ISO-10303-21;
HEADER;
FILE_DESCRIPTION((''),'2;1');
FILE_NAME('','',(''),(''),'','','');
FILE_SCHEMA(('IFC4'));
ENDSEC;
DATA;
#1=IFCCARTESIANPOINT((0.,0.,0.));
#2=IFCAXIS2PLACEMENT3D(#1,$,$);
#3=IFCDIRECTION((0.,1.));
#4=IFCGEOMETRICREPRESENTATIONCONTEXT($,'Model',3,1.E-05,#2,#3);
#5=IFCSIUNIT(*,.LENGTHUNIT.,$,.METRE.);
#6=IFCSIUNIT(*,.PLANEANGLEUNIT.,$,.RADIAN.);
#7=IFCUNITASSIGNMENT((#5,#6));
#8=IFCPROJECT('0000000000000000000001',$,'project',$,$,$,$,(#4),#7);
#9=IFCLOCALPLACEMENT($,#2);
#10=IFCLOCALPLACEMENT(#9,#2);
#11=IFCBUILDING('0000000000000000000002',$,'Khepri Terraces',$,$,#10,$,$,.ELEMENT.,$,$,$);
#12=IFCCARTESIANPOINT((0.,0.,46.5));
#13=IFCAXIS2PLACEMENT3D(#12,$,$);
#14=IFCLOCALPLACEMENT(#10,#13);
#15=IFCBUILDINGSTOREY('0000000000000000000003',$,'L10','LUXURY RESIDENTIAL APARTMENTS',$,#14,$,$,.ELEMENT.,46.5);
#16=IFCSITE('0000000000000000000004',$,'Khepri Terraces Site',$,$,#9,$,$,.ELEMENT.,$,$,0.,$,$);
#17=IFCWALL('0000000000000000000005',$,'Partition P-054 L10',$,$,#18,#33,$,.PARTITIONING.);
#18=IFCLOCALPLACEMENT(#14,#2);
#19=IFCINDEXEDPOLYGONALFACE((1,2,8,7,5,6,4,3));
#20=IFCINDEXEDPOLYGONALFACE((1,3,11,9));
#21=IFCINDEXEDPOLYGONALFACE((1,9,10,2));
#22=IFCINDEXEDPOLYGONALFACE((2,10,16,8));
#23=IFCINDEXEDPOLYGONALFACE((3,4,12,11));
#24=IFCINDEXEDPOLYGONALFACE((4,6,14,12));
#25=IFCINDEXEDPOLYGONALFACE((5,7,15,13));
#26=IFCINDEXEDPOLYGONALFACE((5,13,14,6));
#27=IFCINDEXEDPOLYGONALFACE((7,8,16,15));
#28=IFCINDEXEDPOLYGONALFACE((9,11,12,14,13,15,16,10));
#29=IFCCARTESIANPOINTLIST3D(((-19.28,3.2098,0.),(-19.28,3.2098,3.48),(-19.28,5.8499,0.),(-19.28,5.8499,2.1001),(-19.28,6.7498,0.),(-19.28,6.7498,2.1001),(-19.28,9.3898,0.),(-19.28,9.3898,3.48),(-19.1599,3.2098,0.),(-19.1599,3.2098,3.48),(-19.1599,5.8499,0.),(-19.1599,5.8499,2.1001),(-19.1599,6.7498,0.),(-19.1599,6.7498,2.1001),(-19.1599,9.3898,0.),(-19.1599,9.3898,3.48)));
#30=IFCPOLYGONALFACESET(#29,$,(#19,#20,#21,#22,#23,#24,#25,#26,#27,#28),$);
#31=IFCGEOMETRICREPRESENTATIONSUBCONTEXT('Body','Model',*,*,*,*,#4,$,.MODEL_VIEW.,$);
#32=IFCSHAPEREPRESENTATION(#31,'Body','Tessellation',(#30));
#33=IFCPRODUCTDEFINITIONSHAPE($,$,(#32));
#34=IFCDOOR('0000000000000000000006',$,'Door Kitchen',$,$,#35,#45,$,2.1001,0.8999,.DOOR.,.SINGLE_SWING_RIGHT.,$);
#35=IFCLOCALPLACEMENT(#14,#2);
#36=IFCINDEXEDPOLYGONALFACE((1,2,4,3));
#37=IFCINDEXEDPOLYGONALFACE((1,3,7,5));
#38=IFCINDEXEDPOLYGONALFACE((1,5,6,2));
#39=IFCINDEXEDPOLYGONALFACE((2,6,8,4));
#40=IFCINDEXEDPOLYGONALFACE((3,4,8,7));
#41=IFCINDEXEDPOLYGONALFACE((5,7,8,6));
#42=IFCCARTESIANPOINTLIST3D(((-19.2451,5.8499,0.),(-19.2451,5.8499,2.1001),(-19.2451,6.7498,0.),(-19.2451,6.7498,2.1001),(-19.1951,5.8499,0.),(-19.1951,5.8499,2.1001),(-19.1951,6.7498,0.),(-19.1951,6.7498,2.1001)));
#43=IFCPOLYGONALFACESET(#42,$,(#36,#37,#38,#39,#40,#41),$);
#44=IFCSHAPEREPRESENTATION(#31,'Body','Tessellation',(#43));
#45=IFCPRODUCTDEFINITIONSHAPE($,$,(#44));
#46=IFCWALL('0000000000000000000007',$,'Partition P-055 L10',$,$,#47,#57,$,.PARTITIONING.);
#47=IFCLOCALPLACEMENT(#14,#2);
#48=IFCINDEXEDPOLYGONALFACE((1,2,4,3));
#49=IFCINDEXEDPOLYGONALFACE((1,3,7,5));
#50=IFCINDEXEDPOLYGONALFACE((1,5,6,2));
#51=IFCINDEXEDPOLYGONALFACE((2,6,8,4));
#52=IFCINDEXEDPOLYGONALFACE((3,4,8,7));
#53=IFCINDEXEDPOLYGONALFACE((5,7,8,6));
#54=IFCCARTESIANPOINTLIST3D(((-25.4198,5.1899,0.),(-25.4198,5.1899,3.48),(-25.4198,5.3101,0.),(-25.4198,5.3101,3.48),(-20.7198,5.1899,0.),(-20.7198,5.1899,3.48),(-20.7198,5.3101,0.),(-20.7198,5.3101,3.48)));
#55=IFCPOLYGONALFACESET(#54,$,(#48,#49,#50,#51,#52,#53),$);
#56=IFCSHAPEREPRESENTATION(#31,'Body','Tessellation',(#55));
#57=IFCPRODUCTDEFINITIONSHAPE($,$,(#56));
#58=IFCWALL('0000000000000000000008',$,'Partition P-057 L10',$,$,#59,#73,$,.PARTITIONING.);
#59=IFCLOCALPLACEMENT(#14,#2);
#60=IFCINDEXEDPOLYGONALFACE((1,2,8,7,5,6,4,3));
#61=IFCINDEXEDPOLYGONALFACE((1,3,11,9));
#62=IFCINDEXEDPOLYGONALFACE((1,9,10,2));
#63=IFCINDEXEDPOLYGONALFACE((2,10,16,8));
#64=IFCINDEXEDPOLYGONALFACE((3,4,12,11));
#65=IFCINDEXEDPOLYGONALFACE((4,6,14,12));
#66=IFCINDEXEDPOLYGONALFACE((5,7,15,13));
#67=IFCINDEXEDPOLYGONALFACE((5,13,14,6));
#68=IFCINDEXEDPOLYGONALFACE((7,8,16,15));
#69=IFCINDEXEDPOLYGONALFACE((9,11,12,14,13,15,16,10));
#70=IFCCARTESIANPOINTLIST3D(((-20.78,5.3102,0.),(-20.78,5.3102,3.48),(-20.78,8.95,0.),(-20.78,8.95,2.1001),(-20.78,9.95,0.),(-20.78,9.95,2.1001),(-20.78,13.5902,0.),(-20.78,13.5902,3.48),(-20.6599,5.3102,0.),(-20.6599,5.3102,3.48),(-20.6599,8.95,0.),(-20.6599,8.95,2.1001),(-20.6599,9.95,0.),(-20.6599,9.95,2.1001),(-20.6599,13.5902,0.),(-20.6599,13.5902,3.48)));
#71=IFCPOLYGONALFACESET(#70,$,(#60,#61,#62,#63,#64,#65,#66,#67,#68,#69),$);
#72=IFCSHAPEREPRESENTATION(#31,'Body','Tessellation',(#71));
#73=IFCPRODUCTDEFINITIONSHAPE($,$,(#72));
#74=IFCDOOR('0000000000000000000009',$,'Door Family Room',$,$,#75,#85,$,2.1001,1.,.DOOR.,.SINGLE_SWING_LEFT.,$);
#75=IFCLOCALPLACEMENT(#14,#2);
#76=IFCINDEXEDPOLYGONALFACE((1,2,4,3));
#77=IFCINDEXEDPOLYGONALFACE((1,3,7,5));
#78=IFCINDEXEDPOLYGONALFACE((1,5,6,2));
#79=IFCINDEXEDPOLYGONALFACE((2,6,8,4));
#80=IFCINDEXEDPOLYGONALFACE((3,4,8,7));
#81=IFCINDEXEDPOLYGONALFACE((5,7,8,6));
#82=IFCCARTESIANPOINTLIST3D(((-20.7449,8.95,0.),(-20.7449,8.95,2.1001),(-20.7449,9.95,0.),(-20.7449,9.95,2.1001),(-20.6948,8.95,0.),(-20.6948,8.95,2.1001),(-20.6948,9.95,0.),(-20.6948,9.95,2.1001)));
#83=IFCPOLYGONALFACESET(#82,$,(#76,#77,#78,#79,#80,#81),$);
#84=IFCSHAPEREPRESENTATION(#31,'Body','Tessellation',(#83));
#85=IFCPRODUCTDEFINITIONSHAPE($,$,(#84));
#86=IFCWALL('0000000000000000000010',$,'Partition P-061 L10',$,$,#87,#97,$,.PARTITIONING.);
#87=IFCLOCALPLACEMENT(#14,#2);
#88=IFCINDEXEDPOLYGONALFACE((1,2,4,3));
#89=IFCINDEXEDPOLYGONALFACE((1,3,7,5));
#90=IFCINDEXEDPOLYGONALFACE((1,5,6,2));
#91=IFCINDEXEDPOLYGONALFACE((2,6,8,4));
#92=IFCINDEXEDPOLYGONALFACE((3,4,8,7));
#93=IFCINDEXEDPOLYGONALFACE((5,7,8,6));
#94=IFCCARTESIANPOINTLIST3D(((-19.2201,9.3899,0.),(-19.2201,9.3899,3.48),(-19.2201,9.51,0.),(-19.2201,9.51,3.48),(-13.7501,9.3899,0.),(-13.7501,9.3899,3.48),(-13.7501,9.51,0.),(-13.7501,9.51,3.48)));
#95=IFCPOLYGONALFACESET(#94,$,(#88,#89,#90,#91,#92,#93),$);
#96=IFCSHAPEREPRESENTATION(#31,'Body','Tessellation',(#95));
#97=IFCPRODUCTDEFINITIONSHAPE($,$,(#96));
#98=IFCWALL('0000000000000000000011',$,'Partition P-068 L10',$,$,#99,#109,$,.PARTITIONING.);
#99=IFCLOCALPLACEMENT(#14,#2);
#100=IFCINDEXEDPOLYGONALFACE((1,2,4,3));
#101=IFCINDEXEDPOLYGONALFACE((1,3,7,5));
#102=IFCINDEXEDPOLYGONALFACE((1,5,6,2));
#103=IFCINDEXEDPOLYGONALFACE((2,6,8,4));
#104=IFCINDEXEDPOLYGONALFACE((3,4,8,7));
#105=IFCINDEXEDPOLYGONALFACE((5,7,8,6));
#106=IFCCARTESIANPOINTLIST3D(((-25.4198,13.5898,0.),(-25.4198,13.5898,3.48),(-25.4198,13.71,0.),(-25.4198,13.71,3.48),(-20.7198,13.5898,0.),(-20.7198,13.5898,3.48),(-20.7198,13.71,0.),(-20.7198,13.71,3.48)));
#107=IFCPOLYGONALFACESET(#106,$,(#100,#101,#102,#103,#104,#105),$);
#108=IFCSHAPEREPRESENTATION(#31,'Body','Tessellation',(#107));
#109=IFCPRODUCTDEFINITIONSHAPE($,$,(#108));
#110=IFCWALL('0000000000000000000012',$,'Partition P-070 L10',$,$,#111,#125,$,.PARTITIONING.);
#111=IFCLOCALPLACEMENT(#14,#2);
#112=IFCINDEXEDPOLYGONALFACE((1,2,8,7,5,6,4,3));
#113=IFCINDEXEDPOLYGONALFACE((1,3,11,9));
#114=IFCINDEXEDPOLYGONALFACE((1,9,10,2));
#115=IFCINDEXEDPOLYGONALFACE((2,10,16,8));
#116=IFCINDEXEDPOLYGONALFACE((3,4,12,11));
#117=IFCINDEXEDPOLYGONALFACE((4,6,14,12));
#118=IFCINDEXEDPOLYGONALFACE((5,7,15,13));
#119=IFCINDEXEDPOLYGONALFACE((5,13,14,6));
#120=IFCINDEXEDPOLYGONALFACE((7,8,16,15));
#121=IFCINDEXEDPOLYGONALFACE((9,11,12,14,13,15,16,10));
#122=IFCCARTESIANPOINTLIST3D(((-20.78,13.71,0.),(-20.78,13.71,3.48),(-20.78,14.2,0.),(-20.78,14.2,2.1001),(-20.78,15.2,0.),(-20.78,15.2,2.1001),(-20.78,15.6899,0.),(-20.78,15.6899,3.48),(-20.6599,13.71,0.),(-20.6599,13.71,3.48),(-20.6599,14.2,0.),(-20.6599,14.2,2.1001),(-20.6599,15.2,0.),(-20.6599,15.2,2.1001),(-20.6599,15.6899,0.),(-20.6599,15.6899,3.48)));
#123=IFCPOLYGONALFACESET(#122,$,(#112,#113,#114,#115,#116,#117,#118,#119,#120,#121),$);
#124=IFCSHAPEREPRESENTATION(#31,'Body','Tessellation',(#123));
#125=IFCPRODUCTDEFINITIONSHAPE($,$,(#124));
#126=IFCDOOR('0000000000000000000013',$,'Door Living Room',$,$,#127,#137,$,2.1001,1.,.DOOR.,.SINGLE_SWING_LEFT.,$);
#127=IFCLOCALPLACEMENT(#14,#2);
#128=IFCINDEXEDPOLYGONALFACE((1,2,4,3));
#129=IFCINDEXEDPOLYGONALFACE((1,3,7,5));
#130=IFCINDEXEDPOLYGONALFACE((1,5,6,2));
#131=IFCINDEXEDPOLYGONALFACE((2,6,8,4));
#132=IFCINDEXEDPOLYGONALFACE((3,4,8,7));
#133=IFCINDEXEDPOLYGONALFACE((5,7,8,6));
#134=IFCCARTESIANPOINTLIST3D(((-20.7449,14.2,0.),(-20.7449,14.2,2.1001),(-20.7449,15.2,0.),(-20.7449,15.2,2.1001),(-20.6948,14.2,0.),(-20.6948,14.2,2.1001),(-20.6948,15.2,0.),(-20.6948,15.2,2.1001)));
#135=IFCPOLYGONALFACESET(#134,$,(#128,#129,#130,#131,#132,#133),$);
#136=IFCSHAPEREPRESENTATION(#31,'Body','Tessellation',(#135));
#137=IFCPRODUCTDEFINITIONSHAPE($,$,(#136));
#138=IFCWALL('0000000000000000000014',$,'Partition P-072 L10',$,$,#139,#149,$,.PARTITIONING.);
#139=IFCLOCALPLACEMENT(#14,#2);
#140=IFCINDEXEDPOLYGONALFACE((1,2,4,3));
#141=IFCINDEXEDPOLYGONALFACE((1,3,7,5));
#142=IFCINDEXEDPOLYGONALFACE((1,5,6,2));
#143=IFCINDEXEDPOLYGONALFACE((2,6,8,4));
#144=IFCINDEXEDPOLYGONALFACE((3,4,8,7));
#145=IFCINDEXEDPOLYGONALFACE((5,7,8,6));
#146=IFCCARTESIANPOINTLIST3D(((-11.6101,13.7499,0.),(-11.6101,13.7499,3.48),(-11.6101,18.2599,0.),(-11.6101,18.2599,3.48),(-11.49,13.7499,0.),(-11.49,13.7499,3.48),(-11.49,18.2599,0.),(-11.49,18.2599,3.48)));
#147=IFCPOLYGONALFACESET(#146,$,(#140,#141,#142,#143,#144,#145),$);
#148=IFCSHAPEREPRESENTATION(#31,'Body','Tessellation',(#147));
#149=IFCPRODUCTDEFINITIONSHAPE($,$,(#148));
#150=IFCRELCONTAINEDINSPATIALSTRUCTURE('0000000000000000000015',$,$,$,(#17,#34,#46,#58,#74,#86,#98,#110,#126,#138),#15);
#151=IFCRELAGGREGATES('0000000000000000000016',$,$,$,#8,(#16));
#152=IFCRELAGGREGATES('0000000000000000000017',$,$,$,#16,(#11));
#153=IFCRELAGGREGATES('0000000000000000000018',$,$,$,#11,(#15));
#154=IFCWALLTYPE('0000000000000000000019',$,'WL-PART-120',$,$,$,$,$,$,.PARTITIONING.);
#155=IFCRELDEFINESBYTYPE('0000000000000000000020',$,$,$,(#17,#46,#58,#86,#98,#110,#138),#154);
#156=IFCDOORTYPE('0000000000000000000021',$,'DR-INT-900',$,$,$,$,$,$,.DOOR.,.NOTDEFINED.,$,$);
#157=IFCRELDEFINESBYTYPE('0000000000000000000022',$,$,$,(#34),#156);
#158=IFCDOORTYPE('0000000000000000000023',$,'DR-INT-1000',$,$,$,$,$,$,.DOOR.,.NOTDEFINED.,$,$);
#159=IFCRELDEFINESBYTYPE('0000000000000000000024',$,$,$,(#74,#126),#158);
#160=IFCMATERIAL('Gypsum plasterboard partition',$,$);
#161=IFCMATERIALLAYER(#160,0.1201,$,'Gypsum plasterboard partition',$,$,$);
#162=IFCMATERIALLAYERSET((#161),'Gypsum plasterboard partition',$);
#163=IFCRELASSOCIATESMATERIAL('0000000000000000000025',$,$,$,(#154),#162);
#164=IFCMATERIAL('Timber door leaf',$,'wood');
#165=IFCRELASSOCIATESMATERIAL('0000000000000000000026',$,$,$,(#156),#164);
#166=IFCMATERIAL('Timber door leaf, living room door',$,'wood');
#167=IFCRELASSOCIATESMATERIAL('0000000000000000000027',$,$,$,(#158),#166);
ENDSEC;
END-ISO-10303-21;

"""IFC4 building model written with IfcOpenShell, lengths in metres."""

from ifc_helpers import new_model, si_unit, direction, frame, frame_2d, origin, place, context, subcontext, project, spatial, rectangle, extrude, material, layer, layer_set, type_object, element, fill, save


model = new_model("IFC4")

# Units and contexts
model_context = context("Model", 3, precision=1e-05, world=origin(), true_north=direction((0.0, 1.0)))
body_context = subcontext(model_context, "Body", "Model", "MODEL_VIEW")
ifc_project = project(units=[si_unit("LENGTHUNIT", "METRE"), si_unit("PLANEANGLEUNIT", "RADIAN")], contexts=[model_context])

# Site, building, storey
site_placement = place(None, origin())
site = spatial("IfcSite", under=ifc_project, at=site_placement, Name="Khepri Terraces Site", CompositionType="ELEMENT", RefElevation=0.0)
building_placement = place(site_placement, origin())
building = spatial("IfcBuilding", under=site, at=building_placement, Name="Khepri Terraces", CompositionType="ELEMENT")
storey_placement = place(building_placement, frame((0.0, 0.0, 46.5)))
storey = spatial("IfcBuildingStorey", under=building, at=storey_placement, Name="L10", Description="LUXURY RESIDENTIAL APARTMENTS", CompositionType="ELEMENT", Elevation=46.5)

# Shared definitions
ifc_material_1 = material(Name="Gypsum plasterboard partition")
ifc_layer_1 = layer(ifc_material_1, 0.1201, Name="Gypsum plasterboard partition")
ifc_layer_set_1 = layer_set([ifc_layer_1], Name="Gypsum plasterboard partition")
wall_type_1 = type_object("IfcWallType", Name="WL-PART-120", PredefinedType="PARTITIONING", material=ifc_layer_set_1)

# Wall, opening, door
wall_1_placement = place(storey_placement, frame((-19.22, 3.21, 0.0), z_axis=(0.0, 0.0, 1.0), x_axis=(0.0, 1.0, 0.0)))
wall_1 = element("IfcWall", 1, at=wall_1_placement, inside=storey, type_object=wall_type_1, Name="Partition P-054 L10", PredefinedType="PARTITIONING", context=body_context, shape_type="SweptSolid", body=[
    extrude(rectangle(XDim=6.1799, YDim=0.1201, at=frame_2d((3.0898, 0.0))), origin(), (0.0, 0.0, 1.0), 3.48),
])
opening_1_placement = place(wall_1_placement, frame((2.6399, 0.0, 0.0)))
opening_1 = element("IfcOpeningElement", 2, at=opening_1_placement, cuts=wall_1, PredefinedType="OPENING", context=body_context, shape_type="SweptSolid", body=[
    extrude(rectangle(XDim=0.8999, YDim=2.1001, at=frame_2d((0.45, 1.05))), frame((0.0, 0.0701, 0.0), z_axis=(0.0, -1.0, 0.0), x_axis=(1.0, 0.0, 0.0)), (0.0, 0.0, 1.0), 0.1401),
])
ifc_material_2 = material(Name="Timber door leaf", Category="wood")
door_type_1 = type_object("IfcDoorType", Name="DR-INT-900", OperationType="NOTDEFINED", PredefinedType="DOOR", material=ifc_material_2)
door_1_placement = place(opening_1_placement, frame((0.8999, 0.0, 0.0), z_axis=(0.0, 0.0, 1.0), x_axis=(-1.0, 0.0, 0.0)))
door_1 = element("IfcDoor", 3, at=door_1_placement, inside=storey, type_object=door_type_1, Name="Door Kitchen", OperationType="SINGLE_SWING_RIGHT", OverallHeight=2.1001, OverallWidth=0.8999, PredefinedType="DOOR", context=body_context, shape_type="SweptSolid", body=[
    extrude(rectangle(XDim=0.8999, YDim=2.1001, at=frame_2d((0.45, 1.05))), frame((0.0, 0.0249, 0.0), z_axis=(0.0, -1.0, 0.0), x_axis=(1.0, 0.0, 0.0)), (0.0, 0.0, 1.0), 0.05),
])
fill(opening_1, door_1)

# Wall
wall_2_placement = place(storey_placement, frame((-25.4199, 5.25, 0.0), z_axis=(0.0, 0.0, 1.0), x_axis=(1.0, 0.0, 0.0)))
element("IfcWall", 4, at=wall_2_placement, inside=storey, type_object=wall_type_1, Name="Partition P-055 L10", PredefinedType="PARTITIONING", context=body_context, shape_type="SweptSolid", body=[
    extrude(rectangle(XDim=4.7, YDim=0.1201, at=frame_2d((2.3501, 0.0))), origin(), (0.0, 0.0, 1.0), 3.48),
])

# Wall, opening, door
wall_3_placement = place(storey_placement, frame((-20.72, 5.3101, 0.0), z_axis=(0.0, 0.0, 1.0), x_axis=(0.0, 1.0, 0.0)))
wall_3 = element("IfcWall", 5, at=wall_3_placement, inside=storey, type_object=wall_type_1, Name="Partition P-057 L10", PredefinedType="PARTITIONING", context=body_context, shape_type="SweptSolid", body=[
    extrude(rectangle(XDim=8.28, YDim=0.1201, at=frame_2d((4.1401, 0.0))), origin(), (0.0, 0.0, 1.0), 3.48),
])
opening_2_placement = place(wall_3_placement, frame((3.6399, 0.0, 0.0)))
opening_2 = element("IfcOpeningElement", 6, at=opening_2_placement, cuts=wall_3, PredefinedType="OPENING", context=body_context, shape_type="SweptSolid", body=[
    extrude(rectangle(XDim=1.0, YDim=2.1001, at=frame_2d((0.5, 1.05))), frame((0.0, 0.0701, 0.0), z_axis=(0.0, -1.0, 0.0), x_axis=(1.0, 0.0, 0.0)), (0.0, 0.0, 1.0), 0.1401),
])
ifc_material_3 = material(Name="Timber door leaf, living room door", Category="wood")
door_type_2 = type_object("IfcDoorType", Name="DR-INT-1000", OperationType="NOTDEFINED", PredefinedType="DOOR", material=ifc_material_3)
door_2_placement = place(opening_2_placement, origin())
door_2 = element("IfcDoor", 7, at=door_2_placement, inside=storey, type_object=door_type_2, Name="Door Family Room", OperationType="SINGLE_SWING_LEFT", OverallHeight=2.1001, OverallWidth=1.0, PredefinedType="DOOR", context=body_context, shape_type="SweptSolid", body=[
    extrude(rectangle(XDim=1.0, YDim=2.1001, at=frame_2d((0.5, 1.05))), frame((0.0, 0.0249, 0.0), z_axis=(0.0, -1.0, 0.0), x_axis=(1.0, 0.0, 0.0)), (0.0, 0.0, 1.0), 0.05),
])
fill(opening_2, door_2)

# Walls
wall_4_placement = place(storey_placement, frame((-19.22, 9.45, 0.0), z_axis=(0.0, 0.0, 1.0), x_axis=(1.0, 0.0, 0.0)))
element("IfcWall", 8, at=wall_4_placement, inside=storey, type_object=wall_type_1, Name="Partition P-061 L10", PredefinedType="PARTITIONING", context=body_context, shape_type="SweptSolid", body=[
    extrude(rectangle(XDim=5.47, YDim=0.1201, at=frame_2d((2.7349, 0.0))), origin(), (0.0, 0.0, 1.0), 3.48),
])
wall_5_placement = place(storey_placement, frame((-25.4199, 13.6499, 0.0), z_axis=(0.0, 0.0, 1.0), x_axis=(1.0, 0.0, 0.0)))
element("IfcWall", 9, at=wall_5_placement, inside=storey, type_object=wall_type_1, Name="Partition P-068 L10", PredefinedType="PARTITIONING", context=body_context, shape_type="SweptSolid", body=[
    extrude(rectangle(XDim=4.7, YDim=0.1201, at=frame_2d((2.3501, 0.0))), origin(), (0.0, 0.0, 1.0), 3.48),
])

# Wall, opening, door
wall_6_placement = place(storey_placement, frame((-20.72, 13.71, 0.0), z_axis=(0.0, 0.0, 1.0), x_axis=(0.0, 1.0, 0.0)))
wall_6 = element("IfcWall", 10, at=wall_6_placement, inside=storey, type_object=wall_type_1, Name="Partition P-070 L10", PredefinedType="PARTITIONING", context=body_context, shape_type="SweptSolid", body=[
    extrude(rectangle(XDim=1.98, YDim=0.1201, at=frame_2d((0.99, 0.0))), origin(), (0.0, 0.0, 1.0), 3.48),
])
opening_3_placement = place(wall_6_placement, frame((0.49, 0.0, 0.0)))
opening_3 = element("IfcOpeningElement", 11, at=opening_3_placement, cuts=wall_6, PredefinedType="OPENING", context=body_context, shape_type="SweptSolid", body=[
    extrude(rectangle(XDim=1.0, YDim=2.1001, at=frame_2d((0.5, 1.05))), frame((0.0, 0.0701, 0.0), z_axis=(0.0, -1.0, 0.0), x_axis=(1.0, 0.0, 0.0)), (0.0, 0.0, 1.0), 0.1401),
])
door_3_placement = place(opening_3_placement, origin())
door_3 = element("IfcDoor", 12, at=door_3_placement, inside=storey, type_object=door_type_2, Name="Door Living Room", OperationType="SINGLE_SWING_LEFT", OverallHeight=2.1001, OverallWidth=1.0, PredefinedType="DOOR", context=body_context, shape_type="SweptSolid", body=[
    extrude(rectangle(XDim=1.0, YDim=2.1001, at=frame_2d((0.5, 1.05))), frame((0.0, 0.0249, 0.0), z_axis=(0.0, -1.0, 0.0), x_axis=(1.0, 0.0, 0.0)), (0.0, 0.0, 1.0), 0.05),
])
fill(opening_3, door_3)

# Wall
wall_7_placement = place(storey_placement, frame((-11.55, 13.75, 0.0), z_axis=(0.0, 0.0, 1.0), x_axis=(0.0, 1.0, 0.0)))
element("IfcWall", 13, at=wall_7_placement, inside=storey, type_object=wall_type_1, Name="Partition P-072 L10", PredefinedType="PARTITIONING", context=body_context, shape_type="SweptSolid", body=[
    extrude(rectangle(XDim=4.51, YDim=0.1201, at=frame_2d((2.2549, 0.0))), origin(), (0.0, 0.0, 1.0), 3.48),
])

save(model, "model.ifc")
